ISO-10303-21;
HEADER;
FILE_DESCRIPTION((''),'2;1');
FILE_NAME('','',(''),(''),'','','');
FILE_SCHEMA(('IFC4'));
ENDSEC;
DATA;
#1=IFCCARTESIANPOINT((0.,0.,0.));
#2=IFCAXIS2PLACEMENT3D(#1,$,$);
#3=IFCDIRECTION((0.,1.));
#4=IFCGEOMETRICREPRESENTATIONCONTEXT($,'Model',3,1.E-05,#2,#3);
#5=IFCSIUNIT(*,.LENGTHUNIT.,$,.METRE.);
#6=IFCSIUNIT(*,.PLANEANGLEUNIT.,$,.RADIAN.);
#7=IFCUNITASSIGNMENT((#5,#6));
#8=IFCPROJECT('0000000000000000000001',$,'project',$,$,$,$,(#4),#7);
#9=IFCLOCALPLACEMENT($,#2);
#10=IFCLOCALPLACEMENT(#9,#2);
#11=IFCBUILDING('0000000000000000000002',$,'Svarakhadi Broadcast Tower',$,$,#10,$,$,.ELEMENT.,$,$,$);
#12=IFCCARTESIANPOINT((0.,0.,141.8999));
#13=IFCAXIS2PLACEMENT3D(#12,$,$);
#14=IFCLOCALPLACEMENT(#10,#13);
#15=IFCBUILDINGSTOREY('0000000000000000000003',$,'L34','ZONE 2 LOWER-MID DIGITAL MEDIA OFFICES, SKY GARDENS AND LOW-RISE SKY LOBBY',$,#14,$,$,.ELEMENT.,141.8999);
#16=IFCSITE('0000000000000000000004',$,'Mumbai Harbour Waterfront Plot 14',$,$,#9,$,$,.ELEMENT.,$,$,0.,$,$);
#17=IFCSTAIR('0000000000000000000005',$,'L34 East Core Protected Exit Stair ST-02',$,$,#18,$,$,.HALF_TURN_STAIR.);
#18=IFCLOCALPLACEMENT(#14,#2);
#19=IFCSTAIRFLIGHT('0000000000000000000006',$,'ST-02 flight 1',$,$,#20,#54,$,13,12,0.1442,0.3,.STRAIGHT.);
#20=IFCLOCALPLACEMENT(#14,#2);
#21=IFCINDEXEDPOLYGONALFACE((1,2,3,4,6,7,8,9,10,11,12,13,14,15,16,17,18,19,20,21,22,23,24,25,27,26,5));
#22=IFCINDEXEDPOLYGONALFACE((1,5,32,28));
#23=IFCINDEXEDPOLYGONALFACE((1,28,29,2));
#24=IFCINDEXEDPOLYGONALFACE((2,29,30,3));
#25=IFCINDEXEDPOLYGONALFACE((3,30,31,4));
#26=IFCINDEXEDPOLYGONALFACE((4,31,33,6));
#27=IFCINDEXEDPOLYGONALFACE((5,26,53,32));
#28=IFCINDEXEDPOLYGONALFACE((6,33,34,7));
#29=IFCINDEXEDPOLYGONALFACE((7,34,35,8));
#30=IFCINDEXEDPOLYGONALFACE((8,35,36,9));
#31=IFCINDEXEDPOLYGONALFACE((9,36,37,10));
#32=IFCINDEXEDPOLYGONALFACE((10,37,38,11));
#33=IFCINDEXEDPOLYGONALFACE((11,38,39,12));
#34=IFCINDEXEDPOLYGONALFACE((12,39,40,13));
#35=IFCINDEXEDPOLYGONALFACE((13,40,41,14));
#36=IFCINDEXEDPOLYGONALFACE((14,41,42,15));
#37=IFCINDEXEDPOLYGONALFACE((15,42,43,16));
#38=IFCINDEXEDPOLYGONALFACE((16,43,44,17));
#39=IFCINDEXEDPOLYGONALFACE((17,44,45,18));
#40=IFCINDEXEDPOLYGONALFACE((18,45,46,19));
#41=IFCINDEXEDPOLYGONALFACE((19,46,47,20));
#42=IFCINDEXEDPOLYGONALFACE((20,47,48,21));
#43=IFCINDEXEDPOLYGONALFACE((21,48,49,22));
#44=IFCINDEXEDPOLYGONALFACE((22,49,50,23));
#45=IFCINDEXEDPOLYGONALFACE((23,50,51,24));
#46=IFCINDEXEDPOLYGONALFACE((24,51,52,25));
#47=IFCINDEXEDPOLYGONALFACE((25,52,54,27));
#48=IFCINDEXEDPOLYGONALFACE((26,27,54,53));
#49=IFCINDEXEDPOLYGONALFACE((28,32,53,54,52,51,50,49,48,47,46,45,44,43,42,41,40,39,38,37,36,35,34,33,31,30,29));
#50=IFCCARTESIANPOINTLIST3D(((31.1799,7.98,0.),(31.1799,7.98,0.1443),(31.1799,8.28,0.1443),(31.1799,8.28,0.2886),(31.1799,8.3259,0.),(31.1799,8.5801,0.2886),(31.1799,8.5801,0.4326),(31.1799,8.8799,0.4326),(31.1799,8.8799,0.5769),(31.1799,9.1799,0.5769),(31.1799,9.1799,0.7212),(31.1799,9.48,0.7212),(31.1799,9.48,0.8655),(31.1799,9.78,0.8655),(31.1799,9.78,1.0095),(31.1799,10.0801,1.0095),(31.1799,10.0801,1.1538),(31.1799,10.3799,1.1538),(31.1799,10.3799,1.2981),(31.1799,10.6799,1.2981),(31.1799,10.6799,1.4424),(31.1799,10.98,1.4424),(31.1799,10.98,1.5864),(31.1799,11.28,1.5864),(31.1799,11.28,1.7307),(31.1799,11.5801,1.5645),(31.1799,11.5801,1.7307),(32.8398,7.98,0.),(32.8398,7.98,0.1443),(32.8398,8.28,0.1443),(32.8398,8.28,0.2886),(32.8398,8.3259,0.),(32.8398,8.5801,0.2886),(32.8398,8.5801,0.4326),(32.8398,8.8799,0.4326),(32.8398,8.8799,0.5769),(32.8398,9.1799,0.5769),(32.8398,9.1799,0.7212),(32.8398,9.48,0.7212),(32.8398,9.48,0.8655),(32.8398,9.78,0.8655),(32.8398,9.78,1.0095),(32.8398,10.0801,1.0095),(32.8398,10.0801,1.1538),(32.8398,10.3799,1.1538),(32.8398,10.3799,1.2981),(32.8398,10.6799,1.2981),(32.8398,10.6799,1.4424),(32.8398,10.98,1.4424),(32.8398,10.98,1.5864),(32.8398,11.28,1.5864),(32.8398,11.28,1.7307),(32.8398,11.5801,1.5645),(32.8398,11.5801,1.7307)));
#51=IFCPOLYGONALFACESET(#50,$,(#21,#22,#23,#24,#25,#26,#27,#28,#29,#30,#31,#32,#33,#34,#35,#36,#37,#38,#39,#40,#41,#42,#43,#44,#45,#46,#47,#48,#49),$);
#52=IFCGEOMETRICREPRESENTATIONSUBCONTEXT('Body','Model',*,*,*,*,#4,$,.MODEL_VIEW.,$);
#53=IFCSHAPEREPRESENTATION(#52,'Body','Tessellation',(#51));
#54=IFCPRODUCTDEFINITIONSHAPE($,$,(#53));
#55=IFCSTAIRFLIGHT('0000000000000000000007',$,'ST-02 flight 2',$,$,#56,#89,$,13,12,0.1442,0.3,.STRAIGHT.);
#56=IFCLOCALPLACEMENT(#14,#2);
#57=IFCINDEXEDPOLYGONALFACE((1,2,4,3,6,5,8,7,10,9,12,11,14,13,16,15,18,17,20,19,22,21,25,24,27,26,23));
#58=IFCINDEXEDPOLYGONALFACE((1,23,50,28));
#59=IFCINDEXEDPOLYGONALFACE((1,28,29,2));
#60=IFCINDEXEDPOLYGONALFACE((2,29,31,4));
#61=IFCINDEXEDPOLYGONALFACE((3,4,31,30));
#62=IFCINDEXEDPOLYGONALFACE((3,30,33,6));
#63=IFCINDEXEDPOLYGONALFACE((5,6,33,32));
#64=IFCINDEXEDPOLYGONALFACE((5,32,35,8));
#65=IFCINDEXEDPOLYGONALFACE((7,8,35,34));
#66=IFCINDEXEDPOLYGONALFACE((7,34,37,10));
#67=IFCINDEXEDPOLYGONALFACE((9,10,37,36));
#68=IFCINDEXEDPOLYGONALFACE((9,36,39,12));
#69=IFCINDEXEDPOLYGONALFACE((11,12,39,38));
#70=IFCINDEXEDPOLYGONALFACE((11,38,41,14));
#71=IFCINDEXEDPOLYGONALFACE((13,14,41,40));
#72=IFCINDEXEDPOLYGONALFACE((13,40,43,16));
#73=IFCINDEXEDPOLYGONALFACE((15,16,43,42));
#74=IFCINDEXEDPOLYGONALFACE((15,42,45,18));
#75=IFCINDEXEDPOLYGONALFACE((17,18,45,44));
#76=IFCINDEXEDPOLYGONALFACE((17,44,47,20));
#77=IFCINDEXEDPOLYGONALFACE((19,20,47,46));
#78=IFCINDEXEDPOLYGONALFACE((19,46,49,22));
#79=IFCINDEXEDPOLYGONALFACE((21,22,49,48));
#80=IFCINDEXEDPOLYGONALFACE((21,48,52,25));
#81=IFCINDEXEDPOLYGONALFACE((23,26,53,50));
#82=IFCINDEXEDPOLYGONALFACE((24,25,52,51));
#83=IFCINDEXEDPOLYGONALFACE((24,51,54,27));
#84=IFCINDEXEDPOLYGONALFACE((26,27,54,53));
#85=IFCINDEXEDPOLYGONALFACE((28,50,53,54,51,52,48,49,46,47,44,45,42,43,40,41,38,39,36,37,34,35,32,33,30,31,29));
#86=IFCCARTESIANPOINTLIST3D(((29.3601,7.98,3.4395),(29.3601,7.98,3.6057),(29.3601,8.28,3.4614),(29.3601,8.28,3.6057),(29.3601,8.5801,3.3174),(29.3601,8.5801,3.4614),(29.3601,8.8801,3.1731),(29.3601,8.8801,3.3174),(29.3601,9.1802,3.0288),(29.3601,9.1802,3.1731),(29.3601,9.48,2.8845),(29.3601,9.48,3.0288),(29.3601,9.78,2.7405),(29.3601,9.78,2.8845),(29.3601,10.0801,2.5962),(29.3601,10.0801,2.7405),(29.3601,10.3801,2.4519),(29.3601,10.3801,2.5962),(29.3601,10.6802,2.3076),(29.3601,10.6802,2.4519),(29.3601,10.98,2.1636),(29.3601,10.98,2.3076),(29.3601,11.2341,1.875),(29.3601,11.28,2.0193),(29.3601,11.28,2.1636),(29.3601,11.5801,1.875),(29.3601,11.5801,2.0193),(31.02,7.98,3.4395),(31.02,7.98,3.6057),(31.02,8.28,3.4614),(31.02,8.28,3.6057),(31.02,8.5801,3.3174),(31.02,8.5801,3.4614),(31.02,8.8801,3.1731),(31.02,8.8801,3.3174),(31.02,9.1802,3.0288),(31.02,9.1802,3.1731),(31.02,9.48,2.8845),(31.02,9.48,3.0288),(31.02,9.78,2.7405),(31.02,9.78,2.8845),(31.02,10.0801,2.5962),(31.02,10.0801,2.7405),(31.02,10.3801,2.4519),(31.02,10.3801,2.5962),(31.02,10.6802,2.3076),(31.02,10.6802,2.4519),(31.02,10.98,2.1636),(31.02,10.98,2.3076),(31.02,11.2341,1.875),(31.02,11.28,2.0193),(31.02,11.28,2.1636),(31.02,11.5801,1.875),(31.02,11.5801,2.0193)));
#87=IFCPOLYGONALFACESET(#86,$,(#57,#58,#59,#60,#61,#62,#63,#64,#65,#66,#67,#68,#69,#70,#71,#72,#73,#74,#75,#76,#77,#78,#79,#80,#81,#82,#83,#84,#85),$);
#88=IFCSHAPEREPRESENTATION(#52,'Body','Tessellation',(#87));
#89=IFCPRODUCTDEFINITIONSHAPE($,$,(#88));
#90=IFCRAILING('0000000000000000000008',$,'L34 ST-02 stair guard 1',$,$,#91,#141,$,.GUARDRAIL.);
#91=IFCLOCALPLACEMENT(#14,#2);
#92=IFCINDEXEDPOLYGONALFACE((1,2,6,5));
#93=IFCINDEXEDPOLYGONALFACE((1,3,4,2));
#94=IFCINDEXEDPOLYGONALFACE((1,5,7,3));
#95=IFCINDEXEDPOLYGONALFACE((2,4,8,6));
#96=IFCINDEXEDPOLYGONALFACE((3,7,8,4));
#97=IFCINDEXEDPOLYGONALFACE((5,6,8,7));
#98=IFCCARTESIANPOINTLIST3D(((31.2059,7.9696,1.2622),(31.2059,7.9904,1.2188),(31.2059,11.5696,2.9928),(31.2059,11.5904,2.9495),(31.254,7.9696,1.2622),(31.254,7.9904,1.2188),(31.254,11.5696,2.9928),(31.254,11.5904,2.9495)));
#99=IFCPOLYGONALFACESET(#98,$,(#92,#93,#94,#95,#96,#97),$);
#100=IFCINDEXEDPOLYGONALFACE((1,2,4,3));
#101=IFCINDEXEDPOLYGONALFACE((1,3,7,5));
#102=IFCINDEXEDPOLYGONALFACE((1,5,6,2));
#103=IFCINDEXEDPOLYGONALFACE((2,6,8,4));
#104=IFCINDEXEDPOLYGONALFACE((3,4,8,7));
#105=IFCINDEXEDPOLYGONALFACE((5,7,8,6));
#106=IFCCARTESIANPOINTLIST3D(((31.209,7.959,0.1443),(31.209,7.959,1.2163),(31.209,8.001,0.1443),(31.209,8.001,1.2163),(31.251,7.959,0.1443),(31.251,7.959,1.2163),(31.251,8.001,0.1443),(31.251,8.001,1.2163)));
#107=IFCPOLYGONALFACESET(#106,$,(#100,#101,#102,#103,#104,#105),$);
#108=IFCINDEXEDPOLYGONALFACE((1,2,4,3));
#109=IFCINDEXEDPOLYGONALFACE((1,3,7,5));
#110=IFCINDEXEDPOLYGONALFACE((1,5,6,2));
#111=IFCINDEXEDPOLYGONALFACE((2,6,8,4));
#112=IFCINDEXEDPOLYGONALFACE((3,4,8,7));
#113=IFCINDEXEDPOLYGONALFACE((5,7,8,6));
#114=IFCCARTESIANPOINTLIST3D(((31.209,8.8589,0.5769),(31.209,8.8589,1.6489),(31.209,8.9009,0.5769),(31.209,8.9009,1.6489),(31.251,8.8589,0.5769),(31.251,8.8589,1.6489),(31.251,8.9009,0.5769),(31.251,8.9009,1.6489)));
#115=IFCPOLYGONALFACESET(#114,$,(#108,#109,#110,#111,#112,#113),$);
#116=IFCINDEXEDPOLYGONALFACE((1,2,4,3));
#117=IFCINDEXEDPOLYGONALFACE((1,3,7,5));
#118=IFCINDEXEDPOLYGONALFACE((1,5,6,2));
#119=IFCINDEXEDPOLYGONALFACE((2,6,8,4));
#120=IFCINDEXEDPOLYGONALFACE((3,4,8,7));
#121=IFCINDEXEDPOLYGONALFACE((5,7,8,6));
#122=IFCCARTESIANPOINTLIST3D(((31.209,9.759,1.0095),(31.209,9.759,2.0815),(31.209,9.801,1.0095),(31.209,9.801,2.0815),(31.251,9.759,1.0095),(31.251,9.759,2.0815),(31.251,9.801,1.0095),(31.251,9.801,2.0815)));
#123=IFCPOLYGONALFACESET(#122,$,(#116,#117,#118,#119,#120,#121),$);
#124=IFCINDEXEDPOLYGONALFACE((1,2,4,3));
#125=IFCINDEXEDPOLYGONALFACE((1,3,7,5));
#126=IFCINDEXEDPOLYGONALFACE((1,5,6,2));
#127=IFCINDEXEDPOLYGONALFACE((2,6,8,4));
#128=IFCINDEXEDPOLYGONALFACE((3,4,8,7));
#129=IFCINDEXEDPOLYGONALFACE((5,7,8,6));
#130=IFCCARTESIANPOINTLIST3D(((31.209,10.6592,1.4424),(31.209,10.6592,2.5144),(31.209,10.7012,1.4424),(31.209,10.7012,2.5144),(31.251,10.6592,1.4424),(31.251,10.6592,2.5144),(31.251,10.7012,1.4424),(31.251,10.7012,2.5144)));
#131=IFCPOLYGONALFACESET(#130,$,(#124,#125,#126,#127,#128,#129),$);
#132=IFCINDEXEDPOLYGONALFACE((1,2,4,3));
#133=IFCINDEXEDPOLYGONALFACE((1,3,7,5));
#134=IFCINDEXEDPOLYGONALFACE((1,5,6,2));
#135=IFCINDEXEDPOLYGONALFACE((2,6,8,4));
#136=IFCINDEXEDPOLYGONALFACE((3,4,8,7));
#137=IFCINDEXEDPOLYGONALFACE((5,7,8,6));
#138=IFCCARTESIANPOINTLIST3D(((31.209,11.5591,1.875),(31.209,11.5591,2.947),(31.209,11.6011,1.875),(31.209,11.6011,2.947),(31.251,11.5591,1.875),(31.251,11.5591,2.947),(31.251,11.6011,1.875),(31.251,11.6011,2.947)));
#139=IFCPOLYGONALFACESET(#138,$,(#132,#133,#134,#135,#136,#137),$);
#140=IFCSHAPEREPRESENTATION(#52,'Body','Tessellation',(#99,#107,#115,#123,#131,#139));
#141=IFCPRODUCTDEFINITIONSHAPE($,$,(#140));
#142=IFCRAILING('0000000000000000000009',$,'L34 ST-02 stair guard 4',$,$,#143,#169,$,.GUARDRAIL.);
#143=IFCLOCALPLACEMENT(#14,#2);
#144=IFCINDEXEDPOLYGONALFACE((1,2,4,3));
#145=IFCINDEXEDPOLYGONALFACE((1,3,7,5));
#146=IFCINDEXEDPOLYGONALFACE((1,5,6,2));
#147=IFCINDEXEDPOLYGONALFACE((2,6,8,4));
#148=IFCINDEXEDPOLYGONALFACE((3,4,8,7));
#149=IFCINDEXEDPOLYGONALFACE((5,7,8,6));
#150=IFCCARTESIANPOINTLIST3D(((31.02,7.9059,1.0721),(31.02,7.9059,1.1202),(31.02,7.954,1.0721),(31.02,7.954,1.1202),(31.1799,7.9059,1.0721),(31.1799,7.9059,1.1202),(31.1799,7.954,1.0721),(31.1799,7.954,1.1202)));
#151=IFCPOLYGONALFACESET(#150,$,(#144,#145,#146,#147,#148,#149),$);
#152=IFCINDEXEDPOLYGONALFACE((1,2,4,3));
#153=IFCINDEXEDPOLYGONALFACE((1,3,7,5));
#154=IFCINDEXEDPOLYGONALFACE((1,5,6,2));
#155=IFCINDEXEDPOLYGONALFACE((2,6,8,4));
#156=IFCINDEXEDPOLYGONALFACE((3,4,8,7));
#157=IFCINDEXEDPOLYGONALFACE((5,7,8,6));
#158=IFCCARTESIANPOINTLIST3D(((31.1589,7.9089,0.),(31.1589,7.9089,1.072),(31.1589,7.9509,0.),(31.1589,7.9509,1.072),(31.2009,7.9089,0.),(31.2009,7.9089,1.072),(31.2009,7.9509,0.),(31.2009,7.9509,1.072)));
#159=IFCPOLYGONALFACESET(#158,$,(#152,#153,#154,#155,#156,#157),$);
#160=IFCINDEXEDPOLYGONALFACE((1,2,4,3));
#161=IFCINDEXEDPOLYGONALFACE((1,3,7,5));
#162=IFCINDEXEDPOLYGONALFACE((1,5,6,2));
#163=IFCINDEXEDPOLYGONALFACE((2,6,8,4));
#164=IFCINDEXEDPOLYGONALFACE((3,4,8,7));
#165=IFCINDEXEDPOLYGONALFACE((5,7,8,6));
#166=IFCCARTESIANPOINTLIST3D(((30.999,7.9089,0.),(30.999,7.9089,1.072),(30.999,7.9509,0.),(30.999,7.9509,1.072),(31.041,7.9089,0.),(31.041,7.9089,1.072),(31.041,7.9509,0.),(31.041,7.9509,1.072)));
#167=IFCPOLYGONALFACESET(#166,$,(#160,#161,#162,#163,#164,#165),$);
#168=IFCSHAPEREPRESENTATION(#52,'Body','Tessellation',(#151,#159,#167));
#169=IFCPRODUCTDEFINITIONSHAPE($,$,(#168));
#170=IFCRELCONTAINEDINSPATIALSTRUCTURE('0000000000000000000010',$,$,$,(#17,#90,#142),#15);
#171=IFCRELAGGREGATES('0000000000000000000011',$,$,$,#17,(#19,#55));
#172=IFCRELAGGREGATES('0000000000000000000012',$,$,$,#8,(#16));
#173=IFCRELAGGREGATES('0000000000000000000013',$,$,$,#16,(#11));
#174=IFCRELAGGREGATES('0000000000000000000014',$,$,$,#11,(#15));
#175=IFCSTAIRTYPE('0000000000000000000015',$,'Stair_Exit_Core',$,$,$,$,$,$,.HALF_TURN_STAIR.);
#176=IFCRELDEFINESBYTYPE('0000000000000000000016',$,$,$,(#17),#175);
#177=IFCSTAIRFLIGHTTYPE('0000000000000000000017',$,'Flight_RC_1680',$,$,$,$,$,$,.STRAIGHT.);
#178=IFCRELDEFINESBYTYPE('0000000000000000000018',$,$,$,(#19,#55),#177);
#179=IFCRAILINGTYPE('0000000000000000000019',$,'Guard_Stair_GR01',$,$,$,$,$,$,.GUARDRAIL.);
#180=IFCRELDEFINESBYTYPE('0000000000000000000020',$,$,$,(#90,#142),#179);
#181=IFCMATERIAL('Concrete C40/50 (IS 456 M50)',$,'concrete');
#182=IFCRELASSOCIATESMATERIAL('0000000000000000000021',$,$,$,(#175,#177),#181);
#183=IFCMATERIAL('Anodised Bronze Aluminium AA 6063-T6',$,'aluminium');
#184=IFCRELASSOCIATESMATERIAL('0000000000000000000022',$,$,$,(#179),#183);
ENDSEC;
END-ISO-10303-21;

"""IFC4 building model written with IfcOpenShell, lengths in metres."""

from ifc_helpers import new_model, si_unit, direction, frame, origin, origin_2d, place, context, subcontext, project, spatial, polyline, rectangle, outline, extrude, material, type_object, element, aggregate, save


model = new_model("IFC4")

# Units and contexts
model_context = context("Model", 3, precision=1e-05, world=origin(), true_north=direction((0.0, 1.0)))
body_context = subcontext(model_context, "Body", "Model", "MODEL_VIEW")
ifc_project = project(units=[si_unit("LENGTHUNIT", "METRE"), si_unit("PLANEANGLEUNIT", "RADIAN")], contexts=[model_context])

# Site, building, storey
site_placement = place(None, origin())
site = spatial("IfcSite", under=ifc_project, at=site_placement, Name="Mumbai Harbour Waterfront Plot 14", CompositionType="ELEMENT", RefElevation=0.0)
building_placement = place(site_placement, origin())
building = spatial("IfcBuilding", under=site, at=building_placement, Name="Svarakhadi Broadcast Tower", CompositionType="ELEMENT")
storey_placement = place(building_placement, frame((0.0, 0.0, 141.8999)))
storey = spatial("IfcBuildingStorey", under=building, at=storey_placement, Name="L34", Description="ZONE 2 LOWER-MID DIGITAL MEDIA OFFICES, SKY GARDENS AND LOW-RISE SKY LOBBY", CompositionType="ELEMENT", Elevation=141.8999)

# Shared definitions
ifc_material_1 = material(Name="Anodised Bronze Aluminium AA 6063-T6", Category="aluminium")

# Shared definitions
ifc_material_2 = material(Name="Concrete C40/50 (IS 456 M50)", Category="concrete")

# Stair, stair flights
stair_type = type_object("IfcStairType", Name="Stair_Exit_Core", PredefinedType="HALF_TURN_STAIR", material=ifc_material_2)
stair_placement = place(storey_placement, origin())
stair = element("IfcStair", 1, at=stair_placement, inside=storey, type_object=stair_type, Name="L34 East Core Protected Exit Stair ST-02", PredefinedType="HALF_TURN_STAIR")
stair_flight_type = type_object("IfcStairFlightType", Name="Flight_RC_1680", PredefinedType="STRAIGHT", material=ifc_material_2)
stair_flight_1_placement = place(storey_placement, frame((32.01, 7.98, 0.0), z_axis=(0.0, 0.0, 1.0), x_axis=(0.0, 1.0, 0.0)))
stair_flight_1 = element("IfcStairFlight", 2, at=stair_flight_1_placement, type_object=stair_flight_type, Name="ST-02 flight 1", NumberOfRisers=13, NumberOfTreads=12, PredefinedType="STRAIGHT", RiserHeight=0.1442, TreadLength=0.3, context=body_context, shape_type="SweptSolid", body=[
    extrude(outline(polyline([(0.0, 0.0), (0.0, 0.1443), (0.3, 0.1443), (0.3, 0.2886), (0.6001, 0.2886), (0.6001, 0.4326), (0.8999, 0.4326), (0.8999, 0.5769), (1.2, 0.5769), (1.2, 0.7212), (1.5, 0.7212), (1.5, 0.8655), (1.8, 0.8655), (1.8, 1.0095), (2.1001, 1.0095), (2.1001, 1.1538), (2.3999, 1.1538), (2.3999, 1.2981), (2.7, 1.2981), (2.7, 1.4424), (3.0, 1.4424), (3.0, 1.5864), (3.3, 1.5864), (3.3, 1.7307), (3.6001, 1.7307), (3.6001, 1.875), (3.6001, 1.5645), (0.3459, 0.0), (0.0, 0.0)])), frame((0.0, 0.8301, 0.0), z_axis=(0.0, -1.0, 0.0), x_axis=(1.0, 0.0, 0.0)), (0.0, 0.0, 1.0), 1.6599),
])
stair_flight_2_placement = place(storey_placement, frame((30.1899, 11.5801, 1.875), z_axis=(0.0, 0.0, 1.0), x_axis=(0.0, -1.0, 0.0)))
stair_flight_2 = element("IfcStairFlight", 3, at=stair_flight_2_placement, type_object=stair_flight_type, Name="ST-02 flight 2", NumberOfRisers=13, NumberOfTreads=12, PredefinedType="STRAIGHT", RiserHeight=0.1442, TreadLength=0.3, context=body_context, shape_type="SweptSolid", body=[
    extrude(outline(polyline([(0.0, 0.0), (0.0, 0.1443), (0.3, 0.1443), (0.3, 0.2886), (0.6001, 0.2886), (0.6001, 0.4326), (0.8999, 0.4326), (0.8999, 0.5769), (1.2, 0.5769), (1.2, 0.7212), (1.5, 0.7212), (1.5, 0.8655), (1.8, 0.8655), (1.8, 1.0095), (2.1001, 1.0095), (2.1001, 1.1538), (2.3999, 1.1538), (2.3999, 1.2981), (2.7, 1.2981), (2.7, 1.4424), (3.0, 1.4424), (3.0, 1.5864), (3.3, 1.5864), (3.3, 1.7307), (3.6001, 1.7307), (3.6001, 1.875), (3.6001, 1.5645), (0.3459, 0.0), (0.0, 0.0)])), frame((0.0, 0.8301, 0.0), z_axis=(0.0, -1.0, 0.0), x_axis=(1.0, 0.0, 0.0)), (0.0, 0.0, 1.0), 1.6599),
])
aggregate(stair, [stair_flight_1, stair_flight_2])

# Railings
railing_type_1 = type_object("IfcRailingType", Name="Guard_Stair_GR01", PredefinedType="GUARDRAIL", material=ifc_material_1)
railing_1_placement = place(storey_placement, frame((31.23, 7.98, 0.1443)))
element("IfcRailing", 4, at=railing_1_placement, inside=storey, type_object=railing_type_1, Name="L34 ST-02 stair guard 1", PredefinedType="GUARDRAIL", context=body_context, shape_type="SweptSolid", body=[
    extrude(rectangle(XDim=0.0481, YDim=0.0481, at=origin_2d()), frame((0.0, 0.0, 1.0962), z_axis=(0.0, 0.901263, 0.433273), x_axis=(-1.0, 0.0, 0.0)), (0.0, 0.0, 1.0), 3.9944),
    extrude(rectangle(XDim=0.042, YDim=0.042, at=origin_2d()), origin(), (0.0, 0.0, 1.0), 1.072),
    extrude(rectangle(XDim=0.042, YDim=0.042, at=origin_2d()), frame((0.0, 0.8999, 0.4326)), (0.0, 0.0, 1.0), 1.072),
    extrude(rectangle(XDim=0.042, YDim=0.042, at=origin_2d()), frame((0.0, 1.8, 0.8652)), (0.0, 0.0, 1.0), 1.072),
    extrude(rectangle(XDim=0.042, YDim=0.042, at=origin_2d()), frame((0.0, 2.7002, 1.2981)), (0.0, 0.0, 1.0), 1.072),
    extrude(rectangle(XDim=0.042, YDim=0.042, at=origin_2d()), frame((0.0, 3.6001, 1.7307)), (0.0, 0.0, 1.0), 1.072),
])
railing_2_placement = place(storey_placement, frame((31.1799, 7.9299, 0.0)))
element("IfcRailing", 5, at=railing_2_placement, inside=storey, type_object=railing_type_1, Name="L34 ST-02 stair guard 4", PredefinedType="GUARDRAIL", context=body_context, shape_type="SweptSolid", body=[
    extrude(rectangle(XDim=0.0481, YDim=0.0481, at=origin_2d()), frame((0.0, 0.0, 1.0962), z_axis=(-1.0, 0.0, 0.0), x_axis=(0.0, -1.0, 0.0)), (0.0, 0.0, 1.0), 0.1599),
    extrude(rectangle(XDim=0.042, YDim=0.042, at=origin_2d()), origin(), (0.0, 0.0, 1.0), 1.072),
    extrude(rectangle(XDim=0.042, YDim=0.042, at=origin_2d()), frame((-0.1599, 0.0, 0.0)), (0.0, 0.0, 1.0), 1.072),
])

save(model, "model.ifc")
